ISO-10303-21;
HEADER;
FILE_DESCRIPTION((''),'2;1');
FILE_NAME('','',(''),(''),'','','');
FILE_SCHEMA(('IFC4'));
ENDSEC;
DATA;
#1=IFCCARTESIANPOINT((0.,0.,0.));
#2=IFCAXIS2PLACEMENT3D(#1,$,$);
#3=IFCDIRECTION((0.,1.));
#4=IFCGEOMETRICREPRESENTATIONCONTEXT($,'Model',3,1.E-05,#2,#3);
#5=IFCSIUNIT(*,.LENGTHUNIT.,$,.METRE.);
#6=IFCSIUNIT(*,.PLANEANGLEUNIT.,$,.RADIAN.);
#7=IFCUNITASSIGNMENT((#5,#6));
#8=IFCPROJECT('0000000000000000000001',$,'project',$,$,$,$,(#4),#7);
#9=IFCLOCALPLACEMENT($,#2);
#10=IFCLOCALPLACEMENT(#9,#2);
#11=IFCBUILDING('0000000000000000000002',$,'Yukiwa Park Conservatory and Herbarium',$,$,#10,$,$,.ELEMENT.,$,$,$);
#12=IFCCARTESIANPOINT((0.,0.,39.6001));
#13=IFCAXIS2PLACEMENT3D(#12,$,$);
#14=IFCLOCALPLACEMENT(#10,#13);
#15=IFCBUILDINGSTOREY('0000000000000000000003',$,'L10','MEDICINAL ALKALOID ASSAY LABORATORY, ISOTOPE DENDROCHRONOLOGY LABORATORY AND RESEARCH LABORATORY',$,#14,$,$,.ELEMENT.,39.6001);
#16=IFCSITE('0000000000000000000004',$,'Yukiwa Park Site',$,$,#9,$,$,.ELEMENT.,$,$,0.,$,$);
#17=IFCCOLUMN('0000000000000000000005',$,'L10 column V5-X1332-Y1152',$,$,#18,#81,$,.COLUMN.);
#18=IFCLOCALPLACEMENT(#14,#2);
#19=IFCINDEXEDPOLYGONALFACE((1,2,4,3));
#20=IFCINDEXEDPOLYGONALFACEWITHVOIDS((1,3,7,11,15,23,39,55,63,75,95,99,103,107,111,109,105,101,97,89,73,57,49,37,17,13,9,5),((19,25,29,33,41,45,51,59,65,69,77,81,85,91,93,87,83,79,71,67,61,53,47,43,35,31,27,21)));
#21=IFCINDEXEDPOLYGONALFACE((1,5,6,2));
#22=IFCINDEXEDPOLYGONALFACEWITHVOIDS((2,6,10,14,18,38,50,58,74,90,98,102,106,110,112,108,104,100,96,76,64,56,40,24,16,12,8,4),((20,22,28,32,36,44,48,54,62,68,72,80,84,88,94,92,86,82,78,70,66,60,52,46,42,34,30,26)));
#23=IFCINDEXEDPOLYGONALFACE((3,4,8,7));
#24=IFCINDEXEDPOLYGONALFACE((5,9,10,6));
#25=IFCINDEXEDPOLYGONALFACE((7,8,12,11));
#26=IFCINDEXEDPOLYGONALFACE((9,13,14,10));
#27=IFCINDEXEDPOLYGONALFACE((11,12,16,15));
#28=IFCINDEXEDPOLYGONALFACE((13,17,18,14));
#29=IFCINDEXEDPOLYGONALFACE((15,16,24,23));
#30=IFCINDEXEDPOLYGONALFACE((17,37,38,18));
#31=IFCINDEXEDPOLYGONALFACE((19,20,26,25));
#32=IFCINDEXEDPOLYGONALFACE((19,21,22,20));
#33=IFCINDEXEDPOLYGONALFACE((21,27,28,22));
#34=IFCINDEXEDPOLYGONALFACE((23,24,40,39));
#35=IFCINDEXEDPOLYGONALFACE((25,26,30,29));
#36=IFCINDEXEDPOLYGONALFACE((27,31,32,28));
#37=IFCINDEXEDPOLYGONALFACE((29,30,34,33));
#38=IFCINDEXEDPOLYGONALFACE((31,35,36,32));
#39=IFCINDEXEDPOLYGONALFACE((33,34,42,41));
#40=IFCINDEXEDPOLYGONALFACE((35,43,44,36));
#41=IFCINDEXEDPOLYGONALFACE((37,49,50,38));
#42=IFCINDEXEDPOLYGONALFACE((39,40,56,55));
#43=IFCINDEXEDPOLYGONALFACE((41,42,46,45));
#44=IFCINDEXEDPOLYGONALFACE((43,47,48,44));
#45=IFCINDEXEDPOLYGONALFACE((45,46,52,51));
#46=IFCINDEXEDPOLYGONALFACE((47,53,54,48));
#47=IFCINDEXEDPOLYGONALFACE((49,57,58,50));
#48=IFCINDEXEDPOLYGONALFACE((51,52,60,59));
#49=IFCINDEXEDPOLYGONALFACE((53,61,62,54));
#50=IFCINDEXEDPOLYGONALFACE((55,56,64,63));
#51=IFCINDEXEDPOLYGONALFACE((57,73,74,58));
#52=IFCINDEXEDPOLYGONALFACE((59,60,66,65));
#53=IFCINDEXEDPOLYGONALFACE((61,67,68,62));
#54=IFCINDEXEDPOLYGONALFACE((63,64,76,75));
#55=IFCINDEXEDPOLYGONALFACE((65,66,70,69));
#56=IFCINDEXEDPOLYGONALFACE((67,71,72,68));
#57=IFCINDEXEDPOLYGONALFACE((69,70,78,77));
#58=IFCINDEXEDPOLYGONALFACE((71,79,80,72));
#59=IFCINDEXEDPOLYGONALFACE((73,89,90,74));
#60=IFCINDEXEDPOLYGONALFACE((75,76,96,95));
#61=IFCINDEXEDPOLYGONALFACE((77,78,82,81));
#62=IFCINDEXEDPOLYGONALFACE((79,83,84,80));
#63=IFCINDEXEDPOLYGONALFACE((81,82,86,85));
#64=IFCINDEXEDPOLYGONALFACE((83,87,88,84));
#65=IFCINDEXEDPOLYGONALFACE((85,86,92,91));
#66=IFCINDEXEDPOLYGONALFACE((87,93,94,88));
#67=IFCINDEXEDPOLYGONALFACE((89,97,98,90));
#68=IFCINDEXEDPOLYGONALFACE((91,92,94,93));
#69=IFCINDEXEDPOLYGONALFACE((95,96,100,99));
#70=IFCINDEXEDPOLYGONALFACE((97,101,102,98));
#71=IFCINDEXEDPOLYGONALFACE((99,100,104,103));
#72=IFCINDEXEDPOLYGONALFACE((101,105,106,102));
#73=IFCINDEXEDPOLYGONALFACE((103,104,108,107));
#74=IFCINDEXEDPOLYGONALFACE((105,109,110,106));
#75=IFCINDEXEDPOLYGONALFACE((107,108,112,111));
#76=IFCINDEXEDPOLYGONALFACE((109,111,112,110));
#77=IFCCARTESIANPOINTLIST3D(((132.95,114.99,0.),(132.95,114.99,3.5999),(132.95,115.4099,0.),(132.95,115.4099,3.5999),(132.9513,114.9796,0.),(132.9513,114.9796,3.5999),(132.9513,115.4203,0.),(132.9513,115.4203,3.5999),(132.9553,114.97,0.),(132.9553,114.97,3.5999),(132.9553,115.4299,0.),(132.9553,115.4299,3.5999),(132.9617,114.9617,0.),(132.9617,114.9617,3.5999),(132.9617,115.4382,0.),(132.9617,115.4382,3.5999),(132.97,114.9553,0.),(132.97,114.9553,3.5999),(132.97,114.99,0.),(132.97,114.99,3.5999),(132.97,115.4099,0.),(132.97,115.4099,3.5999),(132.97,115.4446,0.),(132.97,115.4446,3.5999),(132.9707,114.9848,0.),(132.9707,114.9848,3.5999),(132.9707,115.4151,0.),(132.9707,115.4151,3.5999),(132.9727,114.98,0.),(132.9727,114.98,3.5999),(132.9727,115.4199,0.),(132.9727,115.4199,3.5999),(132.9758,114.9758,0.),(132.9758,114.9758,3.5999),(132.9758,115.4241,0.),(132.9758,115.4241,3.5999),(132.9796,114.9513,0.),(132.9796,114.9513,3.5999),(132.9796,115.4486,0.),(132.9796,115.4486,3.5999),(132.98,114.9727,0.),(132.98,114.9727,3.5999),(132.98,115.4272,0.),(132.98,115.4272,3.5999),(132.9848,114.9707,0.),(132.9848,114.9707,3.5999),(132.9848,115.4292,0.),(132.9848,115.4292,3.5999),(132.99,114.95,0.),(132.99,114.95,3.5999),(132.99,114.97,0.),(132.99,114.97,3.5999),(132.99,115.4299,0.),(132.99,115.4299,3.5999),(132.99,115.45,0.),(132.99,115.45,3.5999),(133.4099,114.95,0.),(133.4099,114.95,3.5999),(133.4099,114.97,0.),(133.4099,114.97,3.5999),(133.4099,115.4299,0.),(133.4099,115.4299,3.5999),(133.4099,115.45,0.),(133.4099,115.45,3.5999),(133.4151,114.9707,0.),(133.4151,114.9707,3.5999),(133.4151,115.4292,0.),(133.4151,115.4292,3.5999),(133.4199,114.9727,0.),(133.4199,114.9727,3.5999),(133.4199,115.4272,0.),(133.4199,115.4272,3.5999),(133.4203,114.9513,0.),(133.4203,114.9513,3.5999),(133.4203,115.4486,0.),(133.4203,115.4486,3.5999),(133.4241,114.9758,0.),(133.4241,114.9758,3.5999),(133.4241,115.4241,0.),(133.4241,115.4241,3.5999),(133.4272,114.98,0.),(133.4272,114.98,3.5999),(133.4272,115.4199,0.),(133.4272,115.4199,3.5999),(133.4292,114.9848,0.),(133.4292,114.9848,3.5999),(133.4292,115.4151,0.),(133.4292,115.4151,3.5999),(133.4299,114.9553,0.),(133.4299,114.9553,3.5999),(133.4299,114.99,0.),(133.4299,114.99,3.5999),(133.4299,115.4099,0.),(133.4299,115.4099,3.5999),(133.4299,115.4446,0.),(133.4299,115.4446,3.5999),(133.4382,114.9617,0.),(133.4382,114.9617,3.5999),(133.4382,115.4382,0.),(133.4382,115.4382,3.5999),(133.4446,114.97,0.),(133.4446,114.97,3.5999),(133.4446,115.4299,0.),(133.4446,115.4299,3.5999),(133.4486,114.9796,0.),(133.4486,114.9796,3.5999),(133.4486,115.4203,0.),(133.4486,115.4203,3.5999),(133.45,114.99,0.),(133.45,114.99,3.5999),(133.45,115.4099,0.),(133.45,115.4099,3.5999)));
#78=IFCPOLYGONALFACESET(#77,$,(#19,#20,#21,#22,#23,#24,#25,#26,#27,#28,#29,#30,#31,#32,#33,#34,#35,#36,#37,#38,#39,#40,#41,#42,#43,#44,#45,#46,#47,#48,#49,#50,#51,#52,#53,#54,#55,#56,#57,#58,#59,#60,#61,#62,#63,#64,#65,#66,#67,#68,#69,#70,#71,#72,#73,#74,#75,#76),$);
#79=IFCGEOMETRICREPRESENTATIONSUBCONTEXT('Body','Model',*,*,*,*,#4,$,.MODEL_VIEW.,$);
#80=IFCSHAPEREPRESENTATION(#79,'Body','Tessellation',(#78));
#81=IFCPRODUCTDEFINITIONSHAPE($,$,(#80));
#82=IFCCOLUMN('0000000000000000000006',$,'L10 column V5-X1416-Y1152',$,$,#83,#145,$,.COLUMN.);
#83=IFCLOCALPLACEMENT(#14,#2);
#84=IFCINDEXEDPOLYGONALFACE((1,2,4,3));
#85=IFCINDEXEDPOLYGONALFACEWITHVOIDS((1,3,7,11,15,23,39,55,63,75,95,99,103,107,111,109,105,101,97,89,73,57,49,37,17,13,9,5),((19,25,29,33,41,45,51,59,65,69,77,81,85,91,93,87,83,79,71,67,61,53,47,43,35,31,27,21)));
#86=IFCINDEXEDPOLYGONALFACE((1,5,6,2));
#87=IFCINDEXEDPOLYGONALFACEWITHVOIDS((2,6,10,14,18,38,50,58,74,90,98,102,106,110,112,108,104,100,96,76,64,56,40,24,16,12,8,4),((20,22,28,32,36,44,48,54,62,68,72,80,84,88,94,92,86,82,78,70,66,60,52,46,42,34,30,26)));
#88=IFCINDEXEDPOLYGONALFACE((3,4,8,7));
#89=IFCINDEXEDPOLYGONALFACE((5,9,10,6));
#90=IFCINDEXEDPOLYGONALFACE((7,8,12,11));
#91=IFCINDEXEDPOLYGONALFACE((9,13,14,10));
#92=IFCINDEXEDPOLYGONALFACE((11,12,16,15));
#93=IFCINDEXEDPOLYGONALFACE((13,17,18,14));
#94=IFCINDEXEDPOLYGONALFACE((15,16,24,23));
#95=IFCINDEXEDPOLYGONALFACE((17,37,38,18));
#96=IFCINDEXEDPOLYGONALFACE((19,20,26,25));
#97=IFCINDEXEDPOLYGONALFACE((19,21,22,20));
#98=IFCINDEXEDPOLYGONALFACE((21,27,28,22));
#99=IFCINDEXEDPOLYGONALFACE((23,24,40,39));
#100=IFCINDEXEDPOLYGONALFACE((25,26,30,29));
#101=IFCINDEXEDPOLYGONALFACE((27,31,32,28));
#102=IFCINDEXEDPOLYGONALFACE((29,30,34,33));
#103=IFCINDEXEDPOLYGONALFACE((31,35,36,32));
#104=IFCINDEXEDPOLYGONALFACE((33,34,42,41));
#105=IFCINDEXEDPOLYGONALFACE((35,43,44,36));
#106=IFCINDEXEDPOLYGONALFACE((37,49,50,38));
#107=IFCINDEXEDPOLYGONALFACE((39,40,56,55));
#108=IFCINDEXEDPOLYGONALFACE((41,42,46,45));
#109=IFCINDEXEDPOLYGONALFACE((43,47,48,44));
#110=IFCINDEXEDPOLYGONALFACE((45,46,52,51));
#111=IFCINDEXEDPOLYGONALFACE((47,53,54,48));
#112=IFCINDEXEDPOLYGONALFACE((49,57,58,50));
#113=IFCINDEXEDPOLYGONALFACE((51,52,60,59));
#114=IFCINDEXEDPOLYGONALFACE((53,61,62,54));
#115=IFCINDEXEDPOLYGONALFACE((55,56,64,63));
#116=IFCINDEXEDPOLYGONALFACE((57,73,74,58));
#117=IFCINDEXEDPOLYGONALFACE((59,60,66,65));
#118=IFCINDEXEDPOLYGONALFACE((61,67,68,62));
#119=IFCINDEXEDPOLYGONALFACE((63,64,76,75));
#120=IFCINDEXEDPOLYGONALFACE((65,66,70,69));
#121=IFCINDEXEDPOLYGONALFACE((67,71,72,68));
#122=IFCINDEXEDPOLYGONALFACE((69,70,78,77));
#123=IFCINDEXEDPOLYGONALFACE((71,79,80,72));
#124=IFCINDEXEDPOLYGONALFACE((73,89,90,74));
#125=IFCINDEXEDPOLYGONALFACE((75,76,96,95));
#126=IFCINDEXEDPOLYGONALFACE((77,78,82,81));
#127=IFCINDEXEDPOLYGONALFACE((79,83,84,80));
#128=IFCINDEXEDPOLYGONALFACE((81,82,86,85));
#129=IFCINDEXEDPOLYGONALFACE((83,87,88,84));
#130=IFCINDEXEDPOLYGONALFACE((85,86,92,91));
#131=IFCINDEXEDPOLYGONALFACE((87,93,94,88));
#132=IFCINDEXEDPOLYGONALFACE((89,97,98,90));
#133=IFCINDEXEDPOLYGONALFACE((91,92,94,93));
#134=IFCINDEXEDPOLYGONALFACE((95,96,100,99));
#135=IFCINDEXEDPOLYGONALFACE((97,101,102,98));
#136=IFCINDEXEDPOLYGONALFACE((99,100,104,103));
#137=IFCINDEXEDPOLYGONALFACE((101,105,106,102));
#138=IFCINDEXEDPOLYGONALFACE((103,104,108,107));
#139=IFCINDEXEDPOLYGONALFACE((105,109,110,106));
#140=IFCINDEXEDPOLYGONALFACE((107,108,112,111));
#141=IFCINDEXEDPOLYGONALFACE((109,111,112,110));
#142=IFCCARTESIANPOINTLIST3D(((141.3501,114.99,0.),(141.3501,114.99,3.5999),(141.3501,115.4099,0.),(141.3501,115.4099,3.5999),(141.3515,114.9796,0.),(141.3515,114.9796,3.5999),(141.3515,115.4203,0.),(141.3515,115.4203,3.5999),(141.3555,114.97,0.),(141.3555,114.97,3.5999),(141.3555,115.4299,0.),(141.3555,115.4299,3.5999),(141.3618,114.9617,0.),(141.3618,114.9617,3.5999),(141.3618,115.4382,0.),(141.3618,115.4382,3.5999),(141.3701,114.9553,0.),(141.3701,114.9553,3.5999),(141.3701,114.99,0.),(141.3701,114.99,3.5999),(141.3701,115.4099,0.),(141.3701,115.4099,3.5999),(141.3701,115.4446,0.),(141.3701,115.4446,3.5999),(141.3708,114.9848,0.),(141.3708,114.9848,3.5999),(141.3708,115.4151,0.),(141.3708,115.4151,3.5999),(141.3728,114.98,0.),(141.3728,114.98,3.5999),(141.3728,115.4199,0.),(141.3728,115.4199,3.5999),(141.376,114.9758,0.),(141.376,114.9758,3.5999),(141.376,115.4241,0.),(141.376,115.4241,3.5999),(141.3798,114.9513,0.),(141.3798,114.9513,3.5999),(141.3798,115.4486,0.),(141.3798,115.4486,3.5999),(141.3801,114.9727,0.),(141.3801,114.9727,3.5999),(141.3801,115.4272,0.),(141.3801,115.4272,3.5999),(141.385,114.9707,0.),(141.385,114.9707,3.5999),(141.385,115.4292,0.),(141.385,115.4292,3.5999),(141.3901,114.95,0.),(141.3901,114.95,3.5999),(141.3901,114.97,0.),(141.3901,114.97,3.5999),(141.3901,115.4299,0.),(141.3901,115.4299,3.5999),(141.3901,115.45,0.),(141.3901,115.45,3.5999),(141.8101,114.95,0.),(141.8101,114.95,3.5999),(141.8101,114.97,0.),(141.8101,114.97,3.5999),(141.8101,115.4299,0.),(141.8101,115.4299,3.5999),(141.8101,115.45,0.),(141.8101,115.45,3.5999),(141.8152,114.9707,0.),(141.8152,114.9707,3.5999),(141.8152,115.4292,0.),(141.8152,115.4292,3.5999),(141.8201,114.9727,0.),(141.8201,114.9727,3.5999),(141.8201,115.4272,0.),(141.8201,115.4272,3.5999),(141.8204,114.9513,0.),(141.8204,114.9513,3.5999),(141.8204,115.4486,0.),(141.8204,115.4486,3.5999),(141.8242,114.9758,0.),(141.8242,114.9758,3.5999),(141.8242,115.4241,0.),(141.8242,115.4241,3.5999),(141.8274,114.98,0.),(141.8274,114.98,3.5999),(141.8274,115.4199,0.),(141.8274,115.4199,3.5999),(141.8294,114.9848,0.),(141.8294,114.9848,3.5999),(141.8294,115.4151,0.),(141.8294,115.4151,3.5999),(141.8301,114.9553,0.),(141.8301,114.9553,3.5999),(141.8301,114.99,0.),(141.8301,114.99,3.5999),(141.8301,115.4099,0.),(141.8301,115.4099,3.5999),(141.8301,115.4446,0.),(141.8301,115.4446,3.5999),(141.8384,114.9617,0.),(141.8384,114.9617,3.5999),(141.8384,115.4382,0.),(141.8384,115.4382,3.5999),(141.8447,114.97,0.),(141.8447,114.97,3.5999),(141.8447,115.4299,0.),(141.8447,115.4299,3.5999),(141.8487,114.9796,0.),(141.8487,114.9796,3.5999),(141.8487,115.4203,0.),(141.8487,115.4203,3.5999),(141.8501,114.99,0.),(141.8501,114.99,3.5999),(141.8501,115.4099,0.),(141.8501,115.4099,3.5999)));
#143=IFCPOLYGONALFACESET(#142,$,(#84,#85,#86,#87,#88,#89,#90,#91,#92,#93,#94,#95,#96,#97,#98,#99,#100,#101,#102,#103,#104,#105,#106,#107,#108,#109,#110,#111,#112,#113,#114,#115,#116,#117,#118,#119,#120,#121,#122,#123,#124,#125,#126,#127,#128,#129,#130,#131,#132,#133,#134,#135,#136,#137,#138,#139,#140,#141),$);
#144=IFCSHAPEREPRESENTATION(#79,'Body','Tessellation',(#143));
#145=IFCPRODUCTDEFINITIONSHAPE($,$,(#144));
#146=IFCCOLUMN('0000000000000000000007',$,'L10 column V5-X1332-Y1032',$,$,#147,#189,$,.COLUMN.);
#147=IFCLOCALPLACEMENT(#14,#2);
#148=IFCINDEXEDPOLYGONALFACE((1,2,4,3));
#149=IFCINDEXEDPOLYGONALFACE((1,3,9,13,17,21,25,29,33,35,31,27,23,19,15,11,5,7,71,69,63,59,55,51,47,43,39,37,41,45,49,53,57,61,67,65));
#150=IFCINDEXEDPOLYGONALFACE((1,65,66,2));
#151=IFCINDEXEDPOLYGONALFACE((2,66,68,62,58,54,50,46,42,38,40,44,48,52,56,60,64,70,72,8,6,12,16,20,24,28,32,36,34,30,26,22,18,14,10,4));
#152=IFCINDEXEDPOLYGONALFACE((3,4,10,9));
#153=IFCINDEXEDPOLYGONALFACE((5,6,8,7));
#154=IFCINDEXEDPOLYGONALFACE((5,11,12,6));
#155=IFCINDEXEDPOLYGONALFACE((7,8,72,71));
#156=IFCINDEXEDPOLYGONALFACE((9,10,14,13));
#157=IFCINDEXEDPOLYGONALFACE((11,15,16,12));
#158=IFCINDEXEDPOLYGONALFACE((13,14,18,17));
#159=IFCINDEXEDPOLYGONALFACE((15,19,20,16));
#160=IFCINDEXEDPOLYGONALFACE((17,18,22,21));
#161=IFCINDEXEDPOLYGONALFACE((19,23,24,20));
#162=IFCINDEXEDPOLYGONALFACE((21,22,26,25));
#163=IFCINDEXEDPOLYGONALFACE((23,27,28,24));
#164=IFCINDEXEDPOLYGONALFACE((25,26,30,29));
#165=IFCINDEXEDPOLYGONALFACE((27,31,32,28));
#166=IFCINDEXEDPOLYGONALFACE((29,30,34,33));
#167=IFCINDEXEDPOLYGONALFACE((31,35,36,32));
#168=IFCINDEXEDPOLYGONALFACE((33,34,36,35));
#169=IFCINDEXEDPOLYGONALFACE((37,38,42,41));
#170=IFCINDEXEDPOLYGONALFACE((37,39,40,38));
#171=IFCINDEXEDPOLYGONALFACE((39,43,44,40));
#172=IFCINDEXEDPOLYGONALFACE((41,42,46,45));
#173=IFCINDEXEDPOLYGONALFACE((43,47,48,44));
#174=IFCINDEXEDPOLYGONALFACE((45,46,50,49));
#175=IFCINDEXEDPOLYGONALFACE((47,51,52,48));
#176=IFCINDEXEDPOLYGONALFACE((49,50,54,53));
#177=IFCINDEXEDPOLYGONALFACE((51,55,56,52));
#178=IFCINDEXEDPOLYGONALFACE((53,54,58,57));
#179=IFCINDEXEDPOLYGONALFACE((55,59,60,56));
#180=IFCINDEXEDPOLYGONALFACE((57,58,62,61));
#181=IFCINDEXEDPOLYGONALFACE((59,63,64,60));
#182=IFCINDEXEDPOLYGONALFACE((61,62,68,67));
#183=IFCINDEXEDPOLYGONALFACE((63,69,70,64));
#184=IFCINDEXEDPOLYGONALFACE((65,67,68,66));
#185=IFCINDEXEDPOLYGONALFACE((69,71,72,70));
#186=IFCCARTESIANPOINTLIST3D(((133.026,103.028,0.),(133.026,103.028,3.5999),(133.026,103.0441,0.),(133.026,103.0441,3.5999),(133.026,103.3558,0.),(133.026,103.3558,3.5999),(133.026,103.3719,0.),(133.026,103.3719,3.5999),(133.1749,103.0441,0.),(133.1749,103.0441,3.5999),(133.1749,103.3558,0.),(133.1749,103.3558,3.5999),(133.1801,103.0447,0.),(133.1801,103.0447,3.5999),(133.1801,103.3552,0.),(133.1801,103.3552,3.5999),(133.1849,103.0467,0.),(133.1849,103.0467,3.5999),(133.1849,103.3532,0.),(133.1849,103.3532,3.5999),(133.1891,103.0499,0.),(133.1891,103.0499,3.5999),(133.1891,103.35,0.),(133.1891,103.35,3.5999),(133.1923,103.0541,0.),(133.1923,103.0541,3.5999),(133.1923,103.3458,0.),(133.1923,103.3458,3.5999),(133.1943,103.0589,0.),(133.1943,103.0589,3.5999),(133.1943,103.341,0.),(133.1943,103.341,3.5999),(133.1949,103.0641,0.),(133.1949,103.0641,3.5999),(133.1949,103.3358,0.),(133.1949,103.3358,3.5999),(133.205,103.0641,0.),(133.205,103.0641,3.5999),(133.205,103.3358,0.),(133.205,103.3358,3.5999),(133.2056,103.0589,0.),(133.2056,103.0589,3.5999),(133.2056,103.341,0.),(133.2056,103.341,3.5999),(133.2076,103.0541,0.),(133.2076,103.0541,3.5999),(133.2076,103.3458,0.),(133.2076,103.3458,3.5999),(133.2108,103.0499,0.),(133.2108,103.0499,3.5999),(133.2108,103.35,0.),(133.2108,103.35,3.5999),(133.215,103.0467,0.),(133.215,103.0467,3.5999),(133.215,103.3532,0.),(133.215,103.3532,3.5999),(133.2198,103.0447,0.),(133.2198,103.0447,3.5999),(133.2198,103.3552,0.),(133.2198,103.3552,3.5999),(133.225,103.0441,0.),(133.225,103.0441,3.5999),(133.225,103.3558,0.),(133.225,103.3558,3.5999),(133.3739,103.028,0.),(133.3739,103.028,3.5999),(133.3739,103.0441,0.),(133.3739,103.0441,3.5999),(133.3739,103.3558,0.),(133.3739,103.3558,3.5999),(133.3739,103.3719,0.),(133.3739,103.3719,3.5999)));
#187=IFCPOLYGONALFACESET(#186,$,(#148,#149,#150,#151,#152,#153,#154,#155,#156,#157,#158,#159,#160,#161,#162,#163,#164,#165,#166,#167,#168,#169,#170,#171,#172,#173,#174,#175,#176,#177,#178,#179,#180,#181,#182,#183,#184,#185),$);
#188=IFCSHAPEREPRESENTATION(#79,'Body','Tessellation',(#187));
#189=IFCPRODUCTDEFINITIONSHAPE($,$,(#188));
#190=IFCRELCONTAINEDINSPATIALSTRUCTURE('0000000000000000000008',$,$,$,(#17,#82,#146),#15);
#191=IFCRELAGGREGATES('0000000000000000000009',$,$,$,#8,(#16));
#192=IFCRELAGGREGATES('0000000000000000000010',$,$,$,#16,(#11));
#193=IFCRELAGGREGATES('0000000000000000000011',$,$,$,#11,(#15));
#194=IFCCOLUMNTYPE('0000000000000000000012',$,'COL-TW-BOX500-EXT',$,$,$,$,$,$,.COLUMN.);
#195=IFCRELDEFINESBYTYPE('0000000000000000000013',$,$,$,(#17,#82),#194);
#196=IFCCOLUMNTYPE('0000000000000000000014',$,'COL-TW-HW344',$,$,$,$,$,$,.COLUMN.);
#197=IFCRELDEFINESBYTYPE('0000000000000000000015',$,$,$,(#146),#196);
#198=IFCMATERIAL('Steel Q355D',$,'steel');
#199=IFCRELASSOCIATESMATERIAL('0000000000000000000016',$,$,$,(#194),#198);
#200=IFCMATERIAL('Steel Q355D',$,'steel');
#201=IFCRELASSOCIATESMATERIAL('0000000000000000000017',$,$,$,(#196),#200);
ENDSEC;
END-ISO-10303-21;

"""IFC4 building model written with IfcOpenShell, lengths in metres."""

from ifc_helpers import new_model, si_unit, direction, frame, origin, origin_2d, place, context, subcontext, project, spatial, hollow_rectangle, i_section, extrude, material, material_profile, profile_set, type_object, element, save


model = new_model("IFC4")

# Units and contexts
model_context = context("Model", 3, precision=1e-05, world=origin(), true_north=direction((0.0, 1.0)))
body_context = subcontext(model_context, "Body", "Model", "MODEL_VIEW")
ifc_project = project(units=[si_unit("LENGTHUNIT", "METRE"), si_unit("PLANEANGLEUNIT", "RADIAN")], contexts=[model_context])

# Site, building, storey
site_placement = place(None, origin())
site = spatial("IfcSite", under=ifc_project, at=site_placement, Name="Yukiwa Park Site", CompositionType="ELEMENT", RefElevation=0.0)
building_placement = place(site_placement, origin())
building = spatial("IfcBuilding", under=site, at=building_placement, Name="Yukiwa Park Conservatory and Herbarium", CompositionType="ELEMENT")
storey_placement = place(building_placement, frame((0.0, 0.0, 39.6001)))
storey = spatial("IfcBuildingStorey", under=building, at=storey_placement, Name="L10", Description="MEDICINAL ALKALOID ASSAY LABORATORY, ISOTOPE DENDROCHRONOLOGY LABORATORY AND RESEARCH LABORATORY", CompositionType="ELEMENT", Elevation=39.6001)

# Columns
ifc_material_1 = material(Name="Steel Q355D", Category="steel")
ifc_material_profile_1 = material_profile(ifc_material_1, hollow_rectangle(XDim=0.5, YDim=0.5, WallThickness=0.02, InnerFilletRadius=0.02, OuterFilletRadius=0.04, at=origin_2d()), Name="BOX 500x500x20")
ifc_profile_set_1 = profile_set([ifc_material_profile_1], Name="Steel Q355D")
column_type_1 = type_object("IfcColumnType", Name="COL-TW-BOX500-EXT", PredefinedType="COLUMN", material=ifc_profile_set_1)
for number, where, z_axis, x_axis, name in (
    (1, (133.2, 115.2, 0.0), (0.0, 0.0, 1.0), (1.0, 0.0, 0.0), "L10 column V5-X1332-Y1152"),
    (2, (141.6001, 115.2, 0.0), (0.0, 0.0, 1.0), (1.0, 0.0, 0.0), "L10 column V5-X1416-Y1152"),
):
    element("IfcColumn", number, at=place(storey_placement, frame(where, z_axis=z_axis, x_axis=x_axis)), inside=storey, type_object=column_type_1, Name=name, PredefinedType="COLUMN", context=body_context, shape_type="SweptSolid", body=[
        extrude(hollow_rectangle(XDim=0.5, YDim=0.5, WallThickness=0.02, InnerFilletRadius=0.02, OuterFilletRadius=0.04, at=origin_2d()), origin(), (0.0, 0.0, 1.0), 3.5999),
    ])
ifc_material_2 = material(Name="Steel Q355D", Category="steel")
ifc_material_profile_2 = material_profile(ifc_material_2, i_section(OverallWidth=0.3479, OverallDepth=0.344, WebThickness=0.01, FlangeThickness=0.0161, FilletRadius=0.02, at=origin_2d()), Name="HW 344x348x10x16")
ifc_profile_set_2 = profile_set([ifc_material_profile_2], Name="Steel Q355D")
column_type_2 = type_object("IfcColumnType", Name="COL-TW-HW344", PredefinedType="COLUMN", material=ifc_profile_set_2)
for number, where, z_axis, x_axis, name in (
    (3, (133.2, 103.2, 0.0), (0.0, 0.0, 1.0), (1.0, 0.0, 0.0), "L10 column V5-X1332-Y1032"),
):
    element("IfcColumn", number, at=place(storey_placement, frame(where, z_axis=z_axis, x_axis=x_axis)), inside=storey, type_object=column_type_2, Name=name, PredefinedType="COLUMN", context=body_context, shape_type="SweptSolid", body=[
        extrude(i_section(OverallWidth=0.3479, OverallDepth=0.344, WebThickness=0.01, FlangeThickness=0.0161, FilletRadius=0.02, at=origin_2d()), origin(), (0.0, 0.0, 1.0), 3.5999),
    ])

save(model, "model.ifc")
